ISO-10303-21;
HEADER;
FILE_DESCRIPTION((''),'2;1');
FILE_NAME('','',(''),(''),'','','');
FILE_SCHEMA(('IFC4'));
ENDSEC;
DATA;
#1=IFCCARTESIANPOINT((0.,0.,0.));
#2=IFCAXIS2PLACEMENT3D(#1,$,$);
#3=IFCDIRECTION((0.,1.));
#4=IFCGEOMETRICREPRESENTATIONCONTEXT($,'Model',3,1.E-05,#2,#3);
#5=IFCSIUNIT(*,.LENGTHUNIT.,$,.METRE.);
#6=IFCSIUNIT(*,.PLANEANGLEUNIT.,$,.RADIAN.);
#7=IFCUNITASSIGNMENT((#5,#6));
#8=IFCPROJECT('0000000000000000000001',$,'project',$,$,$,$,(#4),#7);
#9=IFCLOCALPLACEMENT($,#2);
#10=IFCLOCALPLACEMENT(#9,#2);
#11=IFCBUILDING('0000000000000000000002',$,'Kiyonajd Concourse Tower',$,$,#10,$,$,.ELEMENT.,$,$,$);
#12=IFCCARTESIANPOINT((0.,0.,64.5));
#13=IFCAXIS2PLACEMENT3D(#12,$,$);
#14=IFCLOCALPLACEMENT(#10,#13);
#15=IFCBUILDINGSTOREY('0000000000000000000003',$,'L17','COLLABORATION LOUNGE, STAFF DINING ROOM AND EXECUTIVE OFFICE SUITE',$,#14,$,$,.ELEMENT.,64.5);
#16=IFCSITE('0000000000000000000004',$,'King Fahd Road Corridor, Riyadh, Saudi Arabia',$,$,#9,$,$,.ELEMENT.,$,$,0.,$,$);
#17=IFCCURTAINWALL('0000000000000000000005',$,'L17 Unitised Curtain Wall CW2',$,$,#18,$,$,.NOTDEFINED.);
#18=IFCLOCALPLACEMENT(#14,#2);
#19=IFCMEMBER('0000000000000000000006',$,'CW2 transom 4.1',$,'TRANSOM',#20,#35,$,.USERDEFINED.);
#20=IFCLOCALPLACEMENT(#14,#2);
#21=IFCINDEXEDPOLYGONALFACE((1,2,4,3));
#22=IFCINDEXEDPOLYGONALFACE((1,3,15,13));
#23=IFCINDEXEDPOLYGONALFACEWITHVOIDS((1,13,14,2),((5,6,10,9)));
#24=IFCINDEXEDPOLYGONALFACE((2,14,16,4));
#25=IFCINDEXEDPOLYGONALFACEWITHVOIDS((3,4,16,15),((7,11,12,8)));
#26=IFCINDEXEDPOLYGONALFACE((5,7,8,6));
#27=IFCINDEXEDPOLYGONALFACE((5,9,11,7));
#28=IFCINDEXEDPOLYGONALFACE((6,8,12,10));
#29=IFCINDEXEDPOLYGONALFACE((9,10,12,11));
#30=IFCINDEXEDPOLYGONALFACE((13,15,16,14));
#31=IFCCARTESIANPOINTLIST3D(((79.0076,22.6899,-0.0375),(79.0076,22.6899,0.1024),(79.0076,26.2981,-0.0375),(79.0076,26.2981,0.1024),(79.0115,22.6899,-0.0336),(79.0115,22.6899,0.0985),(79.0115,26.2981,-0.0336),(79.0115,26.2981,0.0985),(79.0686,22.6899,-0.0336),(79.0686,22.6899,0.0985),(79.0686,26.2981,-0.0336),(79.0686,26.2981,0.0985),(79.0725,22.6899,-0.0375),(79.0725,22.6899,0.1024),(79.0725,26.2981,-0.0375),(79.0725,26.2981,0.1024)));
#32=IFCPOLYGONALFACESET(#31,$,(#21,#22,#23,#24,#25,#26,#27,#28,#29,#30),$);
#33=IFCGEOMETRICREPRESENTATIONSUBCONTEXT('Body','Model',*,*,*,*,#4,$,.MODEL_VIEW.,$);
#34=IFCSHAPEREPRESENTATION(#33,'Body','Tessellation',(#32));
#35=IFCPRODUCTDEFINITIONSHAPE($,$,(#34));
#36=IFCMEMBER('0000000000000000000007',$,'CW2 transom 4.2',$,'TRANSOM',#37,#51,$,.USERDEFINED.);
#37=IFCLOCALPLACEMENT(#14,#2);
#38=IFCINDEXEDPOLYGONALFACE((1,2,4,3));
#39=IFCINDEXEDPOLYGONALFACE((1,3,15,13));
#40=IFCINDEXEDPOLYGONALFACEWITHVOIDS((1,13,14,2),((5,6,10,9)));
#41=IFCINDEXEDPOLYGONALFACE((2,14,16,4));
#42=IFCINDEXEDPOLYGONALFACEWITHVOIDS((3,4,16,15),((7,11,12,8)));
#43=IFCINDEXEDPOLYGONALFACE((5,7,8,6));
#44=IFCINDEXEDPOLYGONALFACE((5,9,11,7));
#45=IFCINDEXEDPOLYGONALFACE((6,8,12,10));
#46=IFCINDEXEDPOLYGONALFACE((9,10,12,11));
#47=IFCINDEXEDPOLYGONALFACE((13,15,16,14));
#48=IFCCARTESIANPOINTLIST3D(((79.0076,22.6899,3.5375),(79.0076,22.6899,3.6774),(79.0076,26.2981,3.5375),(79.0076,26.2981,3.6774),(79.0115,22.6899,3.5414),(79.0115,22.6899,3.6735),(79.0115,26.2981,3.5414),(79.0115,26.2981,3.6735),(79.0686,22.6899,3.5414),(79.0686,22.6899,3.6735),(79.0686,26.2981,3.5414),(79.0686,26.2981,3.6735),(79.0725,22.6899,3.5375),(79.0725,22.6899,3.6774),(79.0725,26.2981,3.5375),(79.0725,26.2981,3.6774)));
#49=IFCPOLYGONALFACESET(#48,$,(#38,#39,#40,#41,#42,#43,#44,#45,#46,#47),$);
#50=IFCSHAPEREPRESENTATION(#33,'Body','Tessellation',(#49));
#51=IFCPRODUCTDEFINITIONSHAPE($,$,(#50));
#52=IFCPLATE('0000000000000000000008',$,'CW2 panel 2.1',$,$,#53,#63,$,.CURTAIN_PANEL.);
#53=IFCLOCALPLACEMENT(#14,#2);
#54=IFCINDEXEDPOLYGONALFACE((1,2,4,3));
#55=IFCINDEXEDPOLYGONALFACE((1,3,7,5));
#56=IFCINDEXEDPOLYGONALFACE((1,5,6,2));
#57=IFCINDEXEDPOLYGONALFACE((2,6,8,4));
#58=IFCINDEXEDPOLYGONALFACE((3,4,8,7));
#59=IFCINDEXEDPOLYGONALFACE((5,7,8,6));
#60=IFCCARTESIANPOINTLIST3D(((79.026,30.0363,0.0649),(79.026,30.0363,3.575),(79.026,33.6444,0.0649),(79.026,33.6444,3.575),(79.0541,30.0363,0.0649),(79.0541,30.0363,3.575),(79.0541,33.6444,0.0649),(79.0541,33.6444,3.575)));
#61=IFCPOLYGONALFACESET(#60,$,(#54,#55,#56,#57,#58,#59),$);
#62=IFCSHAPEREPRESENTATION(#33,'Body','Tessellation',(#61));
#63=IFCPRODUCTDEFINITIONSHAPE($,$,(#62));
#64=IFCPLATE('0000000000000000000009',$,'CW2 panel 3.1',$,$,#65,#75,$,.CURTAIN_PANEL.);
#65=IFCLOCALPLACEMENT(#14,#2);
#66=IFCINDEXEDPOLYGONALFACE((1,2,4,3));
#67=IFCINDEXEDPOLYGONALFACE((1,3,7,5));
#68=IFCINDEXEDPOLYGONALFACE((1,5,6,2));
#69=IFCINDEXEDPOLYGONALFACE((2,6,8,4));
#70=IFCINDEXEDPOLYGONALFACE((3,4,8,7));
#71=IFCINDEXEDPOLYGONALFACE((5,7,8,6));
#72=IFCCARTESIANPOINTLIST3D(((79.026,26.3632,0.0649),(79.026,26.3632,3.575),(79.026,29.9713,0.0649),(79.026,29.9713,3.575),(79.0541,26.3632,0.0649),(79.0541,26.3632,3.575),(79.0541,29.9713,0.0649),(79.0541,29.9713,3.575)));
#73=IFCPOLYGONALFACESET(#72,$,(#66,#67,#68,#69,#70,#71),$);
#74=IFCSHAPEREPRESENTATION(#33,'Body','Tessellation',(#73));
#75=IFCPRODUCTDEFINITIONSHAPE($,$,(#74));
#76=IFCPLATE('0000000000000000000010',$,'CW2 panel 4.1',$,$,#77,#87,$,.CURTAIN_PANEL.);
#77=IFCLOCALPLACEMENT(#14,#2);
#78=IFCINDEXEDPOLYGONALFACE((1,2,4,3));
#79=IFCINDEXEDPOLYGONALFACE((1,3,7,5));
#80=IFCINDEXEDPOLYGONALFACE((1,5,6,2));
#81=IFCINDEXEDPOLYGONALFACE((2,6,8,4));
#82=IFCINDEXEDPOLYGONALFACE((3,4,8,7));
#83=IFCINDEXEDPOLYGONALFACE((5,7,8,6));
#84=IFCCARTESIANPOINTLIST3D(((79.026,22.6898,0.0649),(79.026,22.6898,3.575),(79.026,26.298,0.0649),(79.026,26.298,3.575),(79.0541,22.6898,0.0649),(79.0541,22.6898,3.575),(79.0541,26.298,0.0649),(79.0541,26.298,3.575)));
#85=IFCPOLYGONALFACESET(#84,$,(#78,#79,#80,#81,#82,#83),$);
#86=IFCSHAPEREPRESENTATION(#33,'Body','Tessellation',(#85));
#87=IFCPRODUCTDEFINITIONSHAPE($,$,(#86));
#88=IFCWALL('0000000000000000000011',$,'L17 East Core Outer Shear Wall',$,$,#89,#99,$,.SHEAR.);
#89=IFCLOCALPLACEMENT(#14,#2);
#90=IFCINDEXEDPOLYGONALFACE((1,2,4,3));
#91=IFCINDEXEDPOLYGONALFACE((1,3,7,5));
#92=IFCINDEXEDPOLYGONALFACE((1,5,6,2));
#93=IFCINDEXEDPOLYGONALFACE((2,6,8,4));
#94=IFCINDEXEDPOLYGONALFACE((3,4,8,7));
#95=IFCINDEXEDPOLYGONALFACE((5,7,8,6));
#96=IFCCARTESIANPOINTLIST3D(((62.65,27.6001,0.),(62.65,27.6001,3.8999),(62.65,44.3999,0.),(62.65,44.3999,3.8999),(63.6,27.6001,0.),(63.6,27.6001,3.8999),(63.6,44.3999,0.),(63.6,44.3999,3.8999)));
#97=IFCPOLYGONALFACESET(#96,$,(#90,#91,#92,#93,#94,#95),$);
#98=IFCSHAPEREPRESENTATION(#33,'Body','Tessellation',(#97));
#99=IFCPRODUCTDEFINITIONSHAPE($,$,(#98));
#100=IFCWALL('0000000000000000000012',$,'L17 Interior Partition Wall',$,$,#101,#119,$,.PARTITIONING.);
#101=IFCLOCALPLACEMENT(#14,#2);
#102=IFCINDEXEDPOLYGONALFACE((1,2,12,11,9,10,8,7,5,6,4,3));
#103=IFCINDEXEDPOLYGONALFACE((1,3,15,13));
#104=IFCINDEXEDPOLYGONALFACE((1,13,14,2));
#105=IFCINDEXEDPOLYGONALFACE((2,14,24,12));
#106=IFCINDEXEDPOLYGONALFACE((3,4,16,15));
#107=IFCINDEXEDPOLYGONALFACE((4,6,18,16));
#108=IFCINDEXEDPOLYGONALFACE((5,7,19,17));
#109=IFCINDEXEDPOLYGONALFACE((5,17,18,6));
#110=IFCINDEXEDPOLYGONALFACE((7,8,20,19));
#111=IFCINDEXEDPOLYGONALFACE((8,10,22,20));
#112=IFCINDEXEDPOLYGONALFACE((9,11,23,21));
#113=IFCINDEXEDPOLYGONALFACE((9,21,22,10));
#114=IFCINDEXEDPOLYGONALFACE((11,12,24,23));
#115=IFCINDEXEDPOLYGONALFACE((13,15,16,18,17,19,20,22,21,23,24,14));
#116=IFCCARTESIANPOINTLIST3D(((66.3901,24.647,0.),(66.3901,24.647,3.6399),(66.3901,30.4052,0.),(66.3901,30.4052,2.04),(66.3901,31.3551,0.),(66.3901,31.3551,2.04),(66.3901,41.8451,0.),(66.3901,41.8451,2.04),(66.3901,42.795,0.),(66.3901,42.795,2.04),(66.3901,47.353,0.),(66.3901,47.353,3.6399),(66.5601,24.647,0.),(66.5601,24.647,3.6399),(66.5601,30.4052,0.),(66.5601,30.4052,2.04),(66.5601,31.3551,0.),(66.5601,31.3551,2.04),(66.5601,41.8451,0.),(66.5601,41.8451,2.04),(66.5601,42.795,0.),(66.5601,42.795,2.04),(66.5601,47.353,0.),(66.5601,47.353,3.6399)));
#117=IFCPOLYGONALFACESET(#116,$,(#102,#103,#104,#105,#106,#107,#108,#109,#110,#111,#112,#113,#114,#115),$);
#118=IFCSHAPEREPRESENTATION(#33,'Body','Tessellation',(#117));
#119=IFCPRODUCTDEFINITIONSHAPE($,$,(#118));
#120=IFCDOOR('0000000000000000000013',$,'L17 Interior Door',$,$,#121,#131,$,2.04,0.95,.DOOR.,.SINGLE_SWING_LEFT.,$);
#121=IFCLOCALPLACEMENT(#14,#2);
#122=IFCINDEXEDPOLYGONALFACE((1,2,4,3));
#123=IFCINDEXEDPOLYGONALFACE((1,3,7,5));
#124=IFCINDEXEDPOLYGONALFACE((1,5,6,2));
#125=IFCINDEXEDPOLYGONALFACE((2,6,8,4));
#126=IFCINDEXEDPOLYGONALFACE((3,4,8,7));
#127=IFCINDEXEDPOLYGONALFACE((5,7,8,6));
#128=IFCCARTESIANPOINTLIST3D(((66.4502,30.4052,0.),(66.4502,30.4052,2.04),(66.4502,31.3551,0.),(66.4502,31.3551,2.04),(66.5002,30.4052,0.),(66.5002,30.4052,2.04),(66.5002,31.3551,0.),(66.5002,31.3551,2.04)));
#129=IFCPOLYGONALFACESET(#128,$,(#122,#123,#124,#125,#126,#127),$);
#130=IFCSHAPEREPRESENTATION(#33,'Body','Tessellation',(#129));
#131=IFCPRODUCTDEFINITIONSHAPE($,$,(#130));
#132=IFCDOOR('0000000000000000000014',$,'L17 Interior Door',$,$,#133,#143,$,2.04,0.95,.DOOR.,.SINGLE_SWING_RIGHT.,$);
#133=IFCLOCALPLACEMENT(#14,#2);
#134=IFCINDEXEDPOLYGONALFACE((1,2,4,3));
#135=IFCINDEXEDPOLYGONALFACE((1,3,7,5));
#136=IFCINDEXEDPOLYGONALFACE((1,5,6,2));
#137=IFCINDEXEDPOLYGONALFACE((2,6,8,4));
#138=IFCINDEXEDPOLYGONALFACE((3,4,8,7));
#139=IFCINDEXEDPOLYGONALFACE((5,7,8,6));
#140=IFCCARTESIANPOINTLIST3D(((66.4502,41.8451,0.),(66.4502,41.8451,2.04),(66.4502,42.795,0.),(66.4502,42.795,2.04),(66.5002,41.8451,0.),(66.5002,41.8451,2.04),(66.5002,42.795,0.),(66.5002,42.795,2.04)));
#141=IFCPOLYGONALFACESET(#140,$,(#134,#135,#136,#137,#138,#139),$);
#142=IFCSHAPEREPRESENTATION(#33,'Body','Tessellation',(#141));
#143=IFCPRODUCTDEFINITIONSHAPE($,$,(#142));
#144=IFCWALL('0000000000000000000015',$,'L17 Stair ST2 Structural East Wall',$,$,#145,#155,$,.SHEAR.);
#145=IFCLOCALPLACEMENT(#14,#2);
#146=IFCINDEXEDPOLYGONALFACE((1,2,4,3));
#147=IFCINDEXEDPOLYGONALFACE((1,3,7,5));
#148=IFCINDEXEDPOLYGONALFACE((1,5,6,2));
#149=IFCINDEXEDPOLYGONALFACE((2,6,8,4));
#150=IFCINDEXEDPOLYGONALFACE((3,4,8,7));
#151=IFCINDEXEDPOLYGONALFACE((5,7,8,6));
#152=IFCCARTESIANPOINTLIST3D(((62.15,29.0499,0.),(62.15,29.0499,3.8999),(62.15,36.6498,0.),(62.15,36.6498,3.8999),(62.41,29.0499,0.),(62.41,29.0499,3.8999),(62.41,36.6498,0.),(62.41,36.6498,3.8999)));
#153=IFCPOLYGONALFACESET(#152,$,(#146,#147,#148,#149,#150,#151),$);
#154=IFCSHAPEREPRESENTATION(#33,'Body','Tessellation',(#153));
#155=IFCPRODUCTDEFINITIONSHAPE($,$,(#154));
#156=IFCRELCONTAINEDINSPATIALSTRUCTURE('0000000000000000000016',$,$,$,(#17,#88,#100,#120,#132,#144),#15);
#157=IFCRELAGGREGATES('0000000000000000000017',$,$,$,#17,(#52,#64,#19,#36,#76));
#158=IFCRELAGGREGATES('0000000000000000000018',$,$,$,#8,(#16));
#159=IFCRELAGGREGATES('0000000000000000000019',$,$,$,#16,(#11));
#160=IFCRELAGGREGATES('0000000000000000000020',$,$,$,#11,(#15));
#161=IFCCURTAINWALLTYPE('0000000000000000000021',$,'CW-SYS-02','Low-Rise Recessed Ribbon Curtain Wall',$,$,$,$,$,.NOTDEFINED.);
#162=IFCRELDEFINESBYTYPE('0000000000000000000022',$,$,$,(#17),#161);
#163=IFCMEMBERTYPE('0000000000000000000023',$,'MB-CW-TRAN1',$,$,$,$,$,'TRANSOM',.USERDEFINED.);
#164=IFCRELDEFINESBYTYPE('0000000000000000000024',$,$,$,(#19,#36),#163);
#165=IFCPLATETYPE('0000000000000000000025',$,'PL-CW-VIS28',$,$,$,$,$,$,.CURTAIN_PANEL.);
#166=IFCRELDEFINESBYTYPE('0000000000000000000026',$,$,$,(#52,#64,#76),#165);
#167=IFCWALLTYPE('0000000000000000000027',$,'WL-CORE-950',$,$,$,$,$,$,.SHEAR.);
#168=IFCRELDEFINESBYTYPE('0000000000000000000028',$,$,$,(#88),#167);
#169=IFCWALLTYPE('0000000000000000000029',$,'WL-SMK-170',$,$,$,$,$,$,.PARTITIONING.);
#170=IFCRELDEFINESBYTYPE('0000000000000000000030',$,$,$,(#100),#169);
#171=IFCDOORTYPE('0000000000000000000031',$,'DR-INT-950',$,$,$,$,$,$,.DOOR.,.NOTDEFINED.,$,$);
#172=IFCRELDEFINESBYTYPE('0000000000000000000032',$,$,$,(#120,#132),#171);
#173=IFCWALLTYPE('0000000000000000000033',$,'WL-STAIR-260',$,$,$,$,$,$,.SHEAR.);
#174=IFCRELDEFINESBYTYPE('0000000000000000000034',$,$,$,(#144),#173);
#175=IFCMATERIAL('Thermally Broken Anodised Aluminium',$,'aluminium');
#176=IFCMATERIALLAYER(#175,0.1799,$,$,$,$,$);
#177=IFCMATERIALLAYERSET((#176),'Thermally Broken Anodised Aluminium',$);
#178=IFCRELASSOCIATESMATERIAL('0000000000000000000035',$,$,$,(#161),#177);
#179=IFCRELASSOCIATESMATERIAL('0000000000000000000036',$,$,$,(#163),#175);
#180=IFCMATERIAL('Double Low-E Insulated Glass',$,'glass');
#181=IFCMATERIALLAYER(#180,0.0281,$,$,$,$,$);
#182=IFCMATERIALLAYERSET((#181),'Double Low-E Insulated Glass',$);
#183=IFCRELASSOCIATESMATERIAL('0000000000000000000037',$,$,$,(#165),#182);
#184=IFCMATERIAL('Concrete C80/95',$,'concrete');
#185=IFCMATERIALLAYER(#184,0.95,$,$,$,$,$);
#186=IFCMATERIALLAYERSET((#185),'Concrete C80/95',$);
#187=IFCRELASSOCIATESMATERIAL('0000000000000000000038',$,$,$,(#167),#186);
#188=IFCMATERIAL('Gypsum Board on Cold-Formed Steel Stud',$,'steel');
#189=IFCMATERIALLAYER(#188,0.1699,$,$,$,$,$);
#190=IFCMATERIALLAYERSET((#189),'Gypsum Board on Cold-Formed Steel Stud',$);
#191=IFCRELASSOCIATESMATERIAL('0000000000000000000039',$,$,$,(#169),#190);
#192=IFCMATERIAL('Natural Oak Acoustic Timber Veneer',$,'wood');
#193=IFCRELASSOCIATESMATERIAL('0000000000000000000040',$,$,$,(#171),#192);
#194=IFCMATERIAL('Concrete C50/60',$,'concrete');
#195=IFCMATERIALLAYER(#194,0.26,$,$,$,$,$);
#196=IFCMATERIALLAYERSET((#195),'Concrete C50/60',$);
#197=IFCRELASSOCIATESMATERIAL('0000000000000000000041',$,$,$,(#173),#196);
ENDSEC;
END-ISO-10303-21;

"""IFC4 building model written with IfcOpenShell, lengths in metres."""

from ifc_helpers import new_model, si_unit, direction, frame, frame_2d, origin, origin_2d, place, context, subcontext, project, spatial, rectangle, hollow_rectangle, extrude, material, layer, layer_set, material_profile, profile_set, type_object, element, fill, aggregate, save


model = new_model("IFC4")

# Units and contexts
model_context = context("Model", 3, precision=1e-05, world=origin(), true_north=direction((0.0, 1.0)))
body_context = subcontext(model_context, "Body", "Model", "MODEL_VIEW")
ifc_project = project(units=[si_unit("LENGTHUNIT", "METRE"), si_unit("PLANEANGLEUNIT", "RADIAN")], contexts=[model_context])

# Site, building, storey
site_placement = place(None, origin())
site = spatial("IfcSite", under=ifc_project, at=site_placement, Name="King Fahd Road Corridor, Riyadh, Saudi Arabia", CompositionType="ELEMENT", RefElevation=0.0)
building_placement = place(site_placement, origin())
building = spatial("IfcBuilding", under=site, at=building_placement, Name="Kiyonajd Concourse Tower", CompositionType="ELEMENT")
storey_placement = place(building_placement, frame((0.0, 0.0, 64.5)))
storey = spatial("IfcBuildingStorey", under=building, at=storey_placement, Name="L17", Description="COLLABORATION LOUNGE, STAFF DINING ROOM AND EXECUTIVE OFFICE SUITE", CompositionType="ELEMENT", Elevation=64.5)

# Shared definitions
ifc_material_1 = material(Name="Concrete C80/95", Category="concrete")

# Curtain wall, members, plates
ifc_material_2 = material(Name="Thermally Broken Anodised Aluminium", Category="aluminium")
ifc_layer_1 = layer(ifc_material_2, 0.1799)
ifc_layer_set_1 = layer_set([ifc_layer_1], Name="Thermally Broken Anodised Aluminium")
curtain_wall_type = type_object("IfcCurtainWallType", Name="CW-SYS-02", Description="Low-Rise Recessed Ribbon Curtain Wall", PredefinedType="NOTDEFINED", material=ifc_layer_set_1)
curtain_wall_placement = place(storey_placement, origin())
curtain_wall = element("IfcCurtainWall", 1, at=curtain_wall_placement, inside=storey, type_object=curtain_wall_type, Name="L17 Unitised Curtain Wall CW2", PredefinedType="NOTDEFINED")
ifc_material_profile_1 = material_profile(ifc_material_2, hollow_rectangle(XDim=0.0649, YDim=0.1399, WallThickness=0.0039, at=origin_2d()), Name="TRAN-65x140")
ifc_profile_set_1 = profile_set([ifc_material_profile_1], Name="Thermally Broken Anodised Aluminium")
member_type_1 = type_object("IfcMemberType", Name="MB-CW-TRAN1", ElementType="TRANSOM", PredefinedType="USERDEFINED", material=ifc_profile_set_1)
member_1_placement = place(storey_placement, frame((79.04, 26.2981, 0.0325), z_axis=(0.0, -1.0, 0.0), x_axis=(1.0, 0.0, 0.0)))
member_1 = element("IfcMember", 2, at=member_1_placement, type_object=member_type_1, Name="CW2 transom 4.1", ObjectType="TRANSOM", PredefinedType="USERDEFINED", context=body_context, shape_type="SweptSolid", body=[
    extrude(hollow_rectangle(XDim=0.0649, YDim=0.1399, WallThickness=0.0039, at=origin_2d()), origin(), (0.0, 0.0, 1.0), 3.6082),
])
member_2_placement = place(storey_placement, frame((79.04, 26.2981, 3.6074), z_axis=(0.0, -1.0, 0.0), x_axis=(1.0, 0.0, 0.0)))
member_2 = element("IfcMember", 3, at=member_2_placement, type_object=member_type_1, Name="CW2 transom 4.2", ObjectType="TRANSOM", PredefinedType="USERDEFINED", context=body_context, shape_type="SweptSolid", body=[
    extrude(hollow_rectangle(XDim=0.0649, YDim=0.1399, WallThickness=0.0039, at=origin_2d()), origin(), (0.0, 0.0, 1.0), 3.6082),
])
ifc_material_3 = material(Name="Double Low-E Insulated Glass", Category="glass")
ifc_layer_2 = layer(ifc_material_3, 0.0281)
ifc_layer_set_2 = layer_set([ifc_layer_2], Name="Double Low-E Insulated Glass")
plate_type = type_object("IfcPlateType", Name="PL-CW-VIS28", PredefinedType="CURTAIN_PANEL", material=ifc_layer_set_2)
plate_1_placement = place(storey_placement, frame((79.04, 31.8403, 0.0649), z_axis=(0.0, 0.0, 1.0), x_axis=(0.0, -1.0, 0.0)))
plate_1 = element("IfcPlate", 4, at=plate_1_placement, type_object=plate_type, Name="CW2 panel 2.1", PredefinedType="CURTAIN_PANEL", context=body_context, shape_type="SweptSolid", body=[
    extrude(rectangle(XDim=3.6082, YDim=0.0281, at=origin_2d()), origin(), (0.0, 0.0, 1.0), 3.51),
])
plate_2_placement = place(storey_placement, frame((79.04, 28.1672, 0.0649), z_axis=(0.0, 0.0, 1.0), x_axis=(0.0, -1.0, 0.0)))
plate_2 = element("IfcPlate", 5, at=plate_2_placement, type_object=plate_type, Name="CW2 panel 3.1", PredefinedType="CURTAIN_PANEL", context=body_context, shape_type="SweptSolid", body=[
    extrude(rectangle(XDim=3.6082, YDim=0.0281, at=origin_2d()), origin(), (0.0, 0.0, 1.0), 3.51),
])
plate_3_placement = place(storey_placement, frame((79.04, 24.4939, 0.0649), z_axis=(0.0, 0.0, 1.0), x_axis=(0.0, -1.0, 0.0)))
plate_3 = element("IfcPlate", 6, at=plate_3_placement, type_object=plate_type, Name="CW2 panel 4.1", PredefinedType="CURTAIN_PANEL", context=body_context, shape_type="SweptSolid", body=[
    extrude(rectangle(XDim=3.6082, YDim=0.0281, at=origin_2d()), origin(), (0.0, 0.0, 1.0), 3.51),
])
aggregate(curtain_wall, [plate_1, plate_2, member_1, member_2, plate_3])

# Wall
ifc_layer_3 = layer(ifc_material_1, 0.95)
ifc_layer_set_3 = layer_set([ifc_layer_3], Name="Concrete C80/95")
wall_type_1 = type_object("IfcWallType", Name="WL-CORE-950", PredefinedType="SHEAR", material=ifc_layer_set_3)
wall_1_placement = place(storey_placement, frame((63.125, 27.6001, 0.0), z_axis=(0.0, 0.0, 1.0), x_axis=(0.0, 1.0, 0.0)))
element("IfcWall", 7, at=wall_1_placement, inside=storey, type_object=wall_type_1, Name="L17 East Core Outer Shear Wall", PredefinedType="SHEAR", context=body_context, shape_type="SweptSolid", body=[
    extrude(rectangle(XDim=16.7998, YDim=0.95, at=frame_2d((8.3999, 0.0))), origin(), (0.0, 0.0, 1.0), 3.8999),
])

# Wall, openings, doors
ifc_material_4 = material(Name="Gypsum Board on Cold-Formed Steel Stud", Category="steel")
ifc_layer_4 = layer(ifc_material_4, 0.1699)
ifc_layer_set_4 = layer_set([ifc_layer_4], Name="Gypsum Board on Cold-Formed Steel Stud")
wall_type_2 = type_object("IfcWallType", Name="WL-SMK-170", PredefinedType="PARTITIONING", material=ifc_layer_set_4)
wall_2_placement = place(storey_placement, frame((66.4751, 24.647, 0.0), z_axis=(0.0, 0.0, 1.0), x_axis=(0.0, 1.0, 0.0)))
wall_2 = element("IfcWall", 8, at=wall_2_placement, inside=storey, type_object=wall_type_2, Name="L17 Interior Partition Wall", PredefinedType="PARTITIONING", context=body_context, shape_type="SweptSolid", body=[
    extrude(rectangle(XDim=22.7061, YDim=0.1699, at=frame_2d((11.353, 0.0))), origin(), (0.0, 0.0, 1.0), 3.6399),
])
opening_1_placement = place(wall_2_placement, frame((5.7581, 0.0, 0.0)))
opening_1 = element("IfcOpeningElement", 9, at=opening_1_placement, cuts=wall_2, PredefinedType="OPENING", context=body_context, shape_type="SweptSolid", body=[
    extrude(rectangle(XDim=0.95, YDim=2.04, at=frame_2d((0.4751, 1.02))), frame((0.0, 0.095, 0.0), z_axis=(0.0, -1.0, 0.0), x_axis=(1.0, 0.0, 0.0)), (0.0, 0.0, 1.0), 0.1899),
])
opening_2_placement = place(wall_2_placement, frame((17.198, 0.0, 0.0)))
opening_2 = element("IfcOpeningElement", 10, at=opening_2_placement, cuts=wall_2, PredefinedType="OPENING", context=body_context, shape_type="SweptSolid", body=[
    extrude(rectangle(XDim=0.95, YDim=2.04, at=frame_2d((0.4751, 1.02))), frame((0.0, 0.095, 0.0), z_axis=(0.0, -1.0, 0.0), x_axis=(1.0, 0.0, 0.0)), (0.0, 0.0, 1.0), 0.1899),
])
ifc_material_5 = material(Name="Natural Oak Acoustic Timber Veneer", Category="wood")
door_type = type_object("IfcDoorType", Name="DR-INT-950", OperationType="NOTDEFINED", PredefinedType="DOOR", material=ifc_material_5)
door_1_placement = place(opening_1_placement, origin())
door_1 = element("IfcDoor", 11, at=door_1_placement, inside=storey, type_object=door_type, Name="L17 Interior Door", OperationType="SINGLE_SWING_LEFT", OverallHeight=2.04, OverallWidth=0.95, PredefinedType="DOOR", context=body_context, shape_type="SweptSolid", body=[
    extrude(rectangle(XDim=0.95, YDim=2.04, at=frame_2d((0.4751, 1.02))), frame((0.0, 0.0249, 0.0), z_axis=(0.0, -1.0, 0.0), x_axis=(1.0, 0.0, 0.0)), (0.0, 0.0, 1.0), 0.05),
])
fill(opening_1, door_1)
door_2_placement = place(opening_2_placement, origin())
door_2 = element("IfcDoor", 12, at=door_2_placement, inside=storey, type_object=door_type, Name="L17 Interior Door", OperationType="SINGLE_SWING_RIGHT", OverallHeight=2.04, OverallWidth=0.95, PredefinedType="DOOR", context=body_context, shape_type="SweptSolid", body=[
    extrude(rectangle(XDim=0.95, YDim=2.04, at=frame_2d((0.4751, 1.02))), frame((0.0, 0.0249, 0.0), z_axis=(0.0, -1.0, 0.0), x_axis=(1.0, 0.0, 0.0)), (0.0, 0.0, 1.0), 0.05),
])
fill(opening_2, door_2)

# Wall
ifc_material_6 = material(Name="Concrete C50/60", Category="concrete")
ifc_layer_5 = layer(ifc_material_6, 0.26)
ifc_layer_set_5 = layer_set([ifc_layer_5], Name="Concrete C50/60")
wall_type_3 = type_object("IfcWallType", Name="WL-STAIR-260", PredefinedType="SHEAR", material=ifc_layer_set_5)
wall_3_placement = place(storey_placement, frame((62.28, 29.05, 0.0), z_axis=(0.0, 0.0, 1.0), x_axis=(0.0, 1.0, 0.0)))
element("IfcWall", 13, at=wall_3_placement, inside=storey, type_object=wall_type_3, Name="L17 Stair ST2 Structural East Wall", PredefinedType="SHEAR", context=body_context, shape_type="SweptSolid", body=[
    extrude(rectangle(XDim=7.5999, YDim=0.26, at=frame_2d((3.7998, 0.0))), origin(), (0.0, 0.0, 1.0), 3.8999),
])

save(model, "model.ifc")
